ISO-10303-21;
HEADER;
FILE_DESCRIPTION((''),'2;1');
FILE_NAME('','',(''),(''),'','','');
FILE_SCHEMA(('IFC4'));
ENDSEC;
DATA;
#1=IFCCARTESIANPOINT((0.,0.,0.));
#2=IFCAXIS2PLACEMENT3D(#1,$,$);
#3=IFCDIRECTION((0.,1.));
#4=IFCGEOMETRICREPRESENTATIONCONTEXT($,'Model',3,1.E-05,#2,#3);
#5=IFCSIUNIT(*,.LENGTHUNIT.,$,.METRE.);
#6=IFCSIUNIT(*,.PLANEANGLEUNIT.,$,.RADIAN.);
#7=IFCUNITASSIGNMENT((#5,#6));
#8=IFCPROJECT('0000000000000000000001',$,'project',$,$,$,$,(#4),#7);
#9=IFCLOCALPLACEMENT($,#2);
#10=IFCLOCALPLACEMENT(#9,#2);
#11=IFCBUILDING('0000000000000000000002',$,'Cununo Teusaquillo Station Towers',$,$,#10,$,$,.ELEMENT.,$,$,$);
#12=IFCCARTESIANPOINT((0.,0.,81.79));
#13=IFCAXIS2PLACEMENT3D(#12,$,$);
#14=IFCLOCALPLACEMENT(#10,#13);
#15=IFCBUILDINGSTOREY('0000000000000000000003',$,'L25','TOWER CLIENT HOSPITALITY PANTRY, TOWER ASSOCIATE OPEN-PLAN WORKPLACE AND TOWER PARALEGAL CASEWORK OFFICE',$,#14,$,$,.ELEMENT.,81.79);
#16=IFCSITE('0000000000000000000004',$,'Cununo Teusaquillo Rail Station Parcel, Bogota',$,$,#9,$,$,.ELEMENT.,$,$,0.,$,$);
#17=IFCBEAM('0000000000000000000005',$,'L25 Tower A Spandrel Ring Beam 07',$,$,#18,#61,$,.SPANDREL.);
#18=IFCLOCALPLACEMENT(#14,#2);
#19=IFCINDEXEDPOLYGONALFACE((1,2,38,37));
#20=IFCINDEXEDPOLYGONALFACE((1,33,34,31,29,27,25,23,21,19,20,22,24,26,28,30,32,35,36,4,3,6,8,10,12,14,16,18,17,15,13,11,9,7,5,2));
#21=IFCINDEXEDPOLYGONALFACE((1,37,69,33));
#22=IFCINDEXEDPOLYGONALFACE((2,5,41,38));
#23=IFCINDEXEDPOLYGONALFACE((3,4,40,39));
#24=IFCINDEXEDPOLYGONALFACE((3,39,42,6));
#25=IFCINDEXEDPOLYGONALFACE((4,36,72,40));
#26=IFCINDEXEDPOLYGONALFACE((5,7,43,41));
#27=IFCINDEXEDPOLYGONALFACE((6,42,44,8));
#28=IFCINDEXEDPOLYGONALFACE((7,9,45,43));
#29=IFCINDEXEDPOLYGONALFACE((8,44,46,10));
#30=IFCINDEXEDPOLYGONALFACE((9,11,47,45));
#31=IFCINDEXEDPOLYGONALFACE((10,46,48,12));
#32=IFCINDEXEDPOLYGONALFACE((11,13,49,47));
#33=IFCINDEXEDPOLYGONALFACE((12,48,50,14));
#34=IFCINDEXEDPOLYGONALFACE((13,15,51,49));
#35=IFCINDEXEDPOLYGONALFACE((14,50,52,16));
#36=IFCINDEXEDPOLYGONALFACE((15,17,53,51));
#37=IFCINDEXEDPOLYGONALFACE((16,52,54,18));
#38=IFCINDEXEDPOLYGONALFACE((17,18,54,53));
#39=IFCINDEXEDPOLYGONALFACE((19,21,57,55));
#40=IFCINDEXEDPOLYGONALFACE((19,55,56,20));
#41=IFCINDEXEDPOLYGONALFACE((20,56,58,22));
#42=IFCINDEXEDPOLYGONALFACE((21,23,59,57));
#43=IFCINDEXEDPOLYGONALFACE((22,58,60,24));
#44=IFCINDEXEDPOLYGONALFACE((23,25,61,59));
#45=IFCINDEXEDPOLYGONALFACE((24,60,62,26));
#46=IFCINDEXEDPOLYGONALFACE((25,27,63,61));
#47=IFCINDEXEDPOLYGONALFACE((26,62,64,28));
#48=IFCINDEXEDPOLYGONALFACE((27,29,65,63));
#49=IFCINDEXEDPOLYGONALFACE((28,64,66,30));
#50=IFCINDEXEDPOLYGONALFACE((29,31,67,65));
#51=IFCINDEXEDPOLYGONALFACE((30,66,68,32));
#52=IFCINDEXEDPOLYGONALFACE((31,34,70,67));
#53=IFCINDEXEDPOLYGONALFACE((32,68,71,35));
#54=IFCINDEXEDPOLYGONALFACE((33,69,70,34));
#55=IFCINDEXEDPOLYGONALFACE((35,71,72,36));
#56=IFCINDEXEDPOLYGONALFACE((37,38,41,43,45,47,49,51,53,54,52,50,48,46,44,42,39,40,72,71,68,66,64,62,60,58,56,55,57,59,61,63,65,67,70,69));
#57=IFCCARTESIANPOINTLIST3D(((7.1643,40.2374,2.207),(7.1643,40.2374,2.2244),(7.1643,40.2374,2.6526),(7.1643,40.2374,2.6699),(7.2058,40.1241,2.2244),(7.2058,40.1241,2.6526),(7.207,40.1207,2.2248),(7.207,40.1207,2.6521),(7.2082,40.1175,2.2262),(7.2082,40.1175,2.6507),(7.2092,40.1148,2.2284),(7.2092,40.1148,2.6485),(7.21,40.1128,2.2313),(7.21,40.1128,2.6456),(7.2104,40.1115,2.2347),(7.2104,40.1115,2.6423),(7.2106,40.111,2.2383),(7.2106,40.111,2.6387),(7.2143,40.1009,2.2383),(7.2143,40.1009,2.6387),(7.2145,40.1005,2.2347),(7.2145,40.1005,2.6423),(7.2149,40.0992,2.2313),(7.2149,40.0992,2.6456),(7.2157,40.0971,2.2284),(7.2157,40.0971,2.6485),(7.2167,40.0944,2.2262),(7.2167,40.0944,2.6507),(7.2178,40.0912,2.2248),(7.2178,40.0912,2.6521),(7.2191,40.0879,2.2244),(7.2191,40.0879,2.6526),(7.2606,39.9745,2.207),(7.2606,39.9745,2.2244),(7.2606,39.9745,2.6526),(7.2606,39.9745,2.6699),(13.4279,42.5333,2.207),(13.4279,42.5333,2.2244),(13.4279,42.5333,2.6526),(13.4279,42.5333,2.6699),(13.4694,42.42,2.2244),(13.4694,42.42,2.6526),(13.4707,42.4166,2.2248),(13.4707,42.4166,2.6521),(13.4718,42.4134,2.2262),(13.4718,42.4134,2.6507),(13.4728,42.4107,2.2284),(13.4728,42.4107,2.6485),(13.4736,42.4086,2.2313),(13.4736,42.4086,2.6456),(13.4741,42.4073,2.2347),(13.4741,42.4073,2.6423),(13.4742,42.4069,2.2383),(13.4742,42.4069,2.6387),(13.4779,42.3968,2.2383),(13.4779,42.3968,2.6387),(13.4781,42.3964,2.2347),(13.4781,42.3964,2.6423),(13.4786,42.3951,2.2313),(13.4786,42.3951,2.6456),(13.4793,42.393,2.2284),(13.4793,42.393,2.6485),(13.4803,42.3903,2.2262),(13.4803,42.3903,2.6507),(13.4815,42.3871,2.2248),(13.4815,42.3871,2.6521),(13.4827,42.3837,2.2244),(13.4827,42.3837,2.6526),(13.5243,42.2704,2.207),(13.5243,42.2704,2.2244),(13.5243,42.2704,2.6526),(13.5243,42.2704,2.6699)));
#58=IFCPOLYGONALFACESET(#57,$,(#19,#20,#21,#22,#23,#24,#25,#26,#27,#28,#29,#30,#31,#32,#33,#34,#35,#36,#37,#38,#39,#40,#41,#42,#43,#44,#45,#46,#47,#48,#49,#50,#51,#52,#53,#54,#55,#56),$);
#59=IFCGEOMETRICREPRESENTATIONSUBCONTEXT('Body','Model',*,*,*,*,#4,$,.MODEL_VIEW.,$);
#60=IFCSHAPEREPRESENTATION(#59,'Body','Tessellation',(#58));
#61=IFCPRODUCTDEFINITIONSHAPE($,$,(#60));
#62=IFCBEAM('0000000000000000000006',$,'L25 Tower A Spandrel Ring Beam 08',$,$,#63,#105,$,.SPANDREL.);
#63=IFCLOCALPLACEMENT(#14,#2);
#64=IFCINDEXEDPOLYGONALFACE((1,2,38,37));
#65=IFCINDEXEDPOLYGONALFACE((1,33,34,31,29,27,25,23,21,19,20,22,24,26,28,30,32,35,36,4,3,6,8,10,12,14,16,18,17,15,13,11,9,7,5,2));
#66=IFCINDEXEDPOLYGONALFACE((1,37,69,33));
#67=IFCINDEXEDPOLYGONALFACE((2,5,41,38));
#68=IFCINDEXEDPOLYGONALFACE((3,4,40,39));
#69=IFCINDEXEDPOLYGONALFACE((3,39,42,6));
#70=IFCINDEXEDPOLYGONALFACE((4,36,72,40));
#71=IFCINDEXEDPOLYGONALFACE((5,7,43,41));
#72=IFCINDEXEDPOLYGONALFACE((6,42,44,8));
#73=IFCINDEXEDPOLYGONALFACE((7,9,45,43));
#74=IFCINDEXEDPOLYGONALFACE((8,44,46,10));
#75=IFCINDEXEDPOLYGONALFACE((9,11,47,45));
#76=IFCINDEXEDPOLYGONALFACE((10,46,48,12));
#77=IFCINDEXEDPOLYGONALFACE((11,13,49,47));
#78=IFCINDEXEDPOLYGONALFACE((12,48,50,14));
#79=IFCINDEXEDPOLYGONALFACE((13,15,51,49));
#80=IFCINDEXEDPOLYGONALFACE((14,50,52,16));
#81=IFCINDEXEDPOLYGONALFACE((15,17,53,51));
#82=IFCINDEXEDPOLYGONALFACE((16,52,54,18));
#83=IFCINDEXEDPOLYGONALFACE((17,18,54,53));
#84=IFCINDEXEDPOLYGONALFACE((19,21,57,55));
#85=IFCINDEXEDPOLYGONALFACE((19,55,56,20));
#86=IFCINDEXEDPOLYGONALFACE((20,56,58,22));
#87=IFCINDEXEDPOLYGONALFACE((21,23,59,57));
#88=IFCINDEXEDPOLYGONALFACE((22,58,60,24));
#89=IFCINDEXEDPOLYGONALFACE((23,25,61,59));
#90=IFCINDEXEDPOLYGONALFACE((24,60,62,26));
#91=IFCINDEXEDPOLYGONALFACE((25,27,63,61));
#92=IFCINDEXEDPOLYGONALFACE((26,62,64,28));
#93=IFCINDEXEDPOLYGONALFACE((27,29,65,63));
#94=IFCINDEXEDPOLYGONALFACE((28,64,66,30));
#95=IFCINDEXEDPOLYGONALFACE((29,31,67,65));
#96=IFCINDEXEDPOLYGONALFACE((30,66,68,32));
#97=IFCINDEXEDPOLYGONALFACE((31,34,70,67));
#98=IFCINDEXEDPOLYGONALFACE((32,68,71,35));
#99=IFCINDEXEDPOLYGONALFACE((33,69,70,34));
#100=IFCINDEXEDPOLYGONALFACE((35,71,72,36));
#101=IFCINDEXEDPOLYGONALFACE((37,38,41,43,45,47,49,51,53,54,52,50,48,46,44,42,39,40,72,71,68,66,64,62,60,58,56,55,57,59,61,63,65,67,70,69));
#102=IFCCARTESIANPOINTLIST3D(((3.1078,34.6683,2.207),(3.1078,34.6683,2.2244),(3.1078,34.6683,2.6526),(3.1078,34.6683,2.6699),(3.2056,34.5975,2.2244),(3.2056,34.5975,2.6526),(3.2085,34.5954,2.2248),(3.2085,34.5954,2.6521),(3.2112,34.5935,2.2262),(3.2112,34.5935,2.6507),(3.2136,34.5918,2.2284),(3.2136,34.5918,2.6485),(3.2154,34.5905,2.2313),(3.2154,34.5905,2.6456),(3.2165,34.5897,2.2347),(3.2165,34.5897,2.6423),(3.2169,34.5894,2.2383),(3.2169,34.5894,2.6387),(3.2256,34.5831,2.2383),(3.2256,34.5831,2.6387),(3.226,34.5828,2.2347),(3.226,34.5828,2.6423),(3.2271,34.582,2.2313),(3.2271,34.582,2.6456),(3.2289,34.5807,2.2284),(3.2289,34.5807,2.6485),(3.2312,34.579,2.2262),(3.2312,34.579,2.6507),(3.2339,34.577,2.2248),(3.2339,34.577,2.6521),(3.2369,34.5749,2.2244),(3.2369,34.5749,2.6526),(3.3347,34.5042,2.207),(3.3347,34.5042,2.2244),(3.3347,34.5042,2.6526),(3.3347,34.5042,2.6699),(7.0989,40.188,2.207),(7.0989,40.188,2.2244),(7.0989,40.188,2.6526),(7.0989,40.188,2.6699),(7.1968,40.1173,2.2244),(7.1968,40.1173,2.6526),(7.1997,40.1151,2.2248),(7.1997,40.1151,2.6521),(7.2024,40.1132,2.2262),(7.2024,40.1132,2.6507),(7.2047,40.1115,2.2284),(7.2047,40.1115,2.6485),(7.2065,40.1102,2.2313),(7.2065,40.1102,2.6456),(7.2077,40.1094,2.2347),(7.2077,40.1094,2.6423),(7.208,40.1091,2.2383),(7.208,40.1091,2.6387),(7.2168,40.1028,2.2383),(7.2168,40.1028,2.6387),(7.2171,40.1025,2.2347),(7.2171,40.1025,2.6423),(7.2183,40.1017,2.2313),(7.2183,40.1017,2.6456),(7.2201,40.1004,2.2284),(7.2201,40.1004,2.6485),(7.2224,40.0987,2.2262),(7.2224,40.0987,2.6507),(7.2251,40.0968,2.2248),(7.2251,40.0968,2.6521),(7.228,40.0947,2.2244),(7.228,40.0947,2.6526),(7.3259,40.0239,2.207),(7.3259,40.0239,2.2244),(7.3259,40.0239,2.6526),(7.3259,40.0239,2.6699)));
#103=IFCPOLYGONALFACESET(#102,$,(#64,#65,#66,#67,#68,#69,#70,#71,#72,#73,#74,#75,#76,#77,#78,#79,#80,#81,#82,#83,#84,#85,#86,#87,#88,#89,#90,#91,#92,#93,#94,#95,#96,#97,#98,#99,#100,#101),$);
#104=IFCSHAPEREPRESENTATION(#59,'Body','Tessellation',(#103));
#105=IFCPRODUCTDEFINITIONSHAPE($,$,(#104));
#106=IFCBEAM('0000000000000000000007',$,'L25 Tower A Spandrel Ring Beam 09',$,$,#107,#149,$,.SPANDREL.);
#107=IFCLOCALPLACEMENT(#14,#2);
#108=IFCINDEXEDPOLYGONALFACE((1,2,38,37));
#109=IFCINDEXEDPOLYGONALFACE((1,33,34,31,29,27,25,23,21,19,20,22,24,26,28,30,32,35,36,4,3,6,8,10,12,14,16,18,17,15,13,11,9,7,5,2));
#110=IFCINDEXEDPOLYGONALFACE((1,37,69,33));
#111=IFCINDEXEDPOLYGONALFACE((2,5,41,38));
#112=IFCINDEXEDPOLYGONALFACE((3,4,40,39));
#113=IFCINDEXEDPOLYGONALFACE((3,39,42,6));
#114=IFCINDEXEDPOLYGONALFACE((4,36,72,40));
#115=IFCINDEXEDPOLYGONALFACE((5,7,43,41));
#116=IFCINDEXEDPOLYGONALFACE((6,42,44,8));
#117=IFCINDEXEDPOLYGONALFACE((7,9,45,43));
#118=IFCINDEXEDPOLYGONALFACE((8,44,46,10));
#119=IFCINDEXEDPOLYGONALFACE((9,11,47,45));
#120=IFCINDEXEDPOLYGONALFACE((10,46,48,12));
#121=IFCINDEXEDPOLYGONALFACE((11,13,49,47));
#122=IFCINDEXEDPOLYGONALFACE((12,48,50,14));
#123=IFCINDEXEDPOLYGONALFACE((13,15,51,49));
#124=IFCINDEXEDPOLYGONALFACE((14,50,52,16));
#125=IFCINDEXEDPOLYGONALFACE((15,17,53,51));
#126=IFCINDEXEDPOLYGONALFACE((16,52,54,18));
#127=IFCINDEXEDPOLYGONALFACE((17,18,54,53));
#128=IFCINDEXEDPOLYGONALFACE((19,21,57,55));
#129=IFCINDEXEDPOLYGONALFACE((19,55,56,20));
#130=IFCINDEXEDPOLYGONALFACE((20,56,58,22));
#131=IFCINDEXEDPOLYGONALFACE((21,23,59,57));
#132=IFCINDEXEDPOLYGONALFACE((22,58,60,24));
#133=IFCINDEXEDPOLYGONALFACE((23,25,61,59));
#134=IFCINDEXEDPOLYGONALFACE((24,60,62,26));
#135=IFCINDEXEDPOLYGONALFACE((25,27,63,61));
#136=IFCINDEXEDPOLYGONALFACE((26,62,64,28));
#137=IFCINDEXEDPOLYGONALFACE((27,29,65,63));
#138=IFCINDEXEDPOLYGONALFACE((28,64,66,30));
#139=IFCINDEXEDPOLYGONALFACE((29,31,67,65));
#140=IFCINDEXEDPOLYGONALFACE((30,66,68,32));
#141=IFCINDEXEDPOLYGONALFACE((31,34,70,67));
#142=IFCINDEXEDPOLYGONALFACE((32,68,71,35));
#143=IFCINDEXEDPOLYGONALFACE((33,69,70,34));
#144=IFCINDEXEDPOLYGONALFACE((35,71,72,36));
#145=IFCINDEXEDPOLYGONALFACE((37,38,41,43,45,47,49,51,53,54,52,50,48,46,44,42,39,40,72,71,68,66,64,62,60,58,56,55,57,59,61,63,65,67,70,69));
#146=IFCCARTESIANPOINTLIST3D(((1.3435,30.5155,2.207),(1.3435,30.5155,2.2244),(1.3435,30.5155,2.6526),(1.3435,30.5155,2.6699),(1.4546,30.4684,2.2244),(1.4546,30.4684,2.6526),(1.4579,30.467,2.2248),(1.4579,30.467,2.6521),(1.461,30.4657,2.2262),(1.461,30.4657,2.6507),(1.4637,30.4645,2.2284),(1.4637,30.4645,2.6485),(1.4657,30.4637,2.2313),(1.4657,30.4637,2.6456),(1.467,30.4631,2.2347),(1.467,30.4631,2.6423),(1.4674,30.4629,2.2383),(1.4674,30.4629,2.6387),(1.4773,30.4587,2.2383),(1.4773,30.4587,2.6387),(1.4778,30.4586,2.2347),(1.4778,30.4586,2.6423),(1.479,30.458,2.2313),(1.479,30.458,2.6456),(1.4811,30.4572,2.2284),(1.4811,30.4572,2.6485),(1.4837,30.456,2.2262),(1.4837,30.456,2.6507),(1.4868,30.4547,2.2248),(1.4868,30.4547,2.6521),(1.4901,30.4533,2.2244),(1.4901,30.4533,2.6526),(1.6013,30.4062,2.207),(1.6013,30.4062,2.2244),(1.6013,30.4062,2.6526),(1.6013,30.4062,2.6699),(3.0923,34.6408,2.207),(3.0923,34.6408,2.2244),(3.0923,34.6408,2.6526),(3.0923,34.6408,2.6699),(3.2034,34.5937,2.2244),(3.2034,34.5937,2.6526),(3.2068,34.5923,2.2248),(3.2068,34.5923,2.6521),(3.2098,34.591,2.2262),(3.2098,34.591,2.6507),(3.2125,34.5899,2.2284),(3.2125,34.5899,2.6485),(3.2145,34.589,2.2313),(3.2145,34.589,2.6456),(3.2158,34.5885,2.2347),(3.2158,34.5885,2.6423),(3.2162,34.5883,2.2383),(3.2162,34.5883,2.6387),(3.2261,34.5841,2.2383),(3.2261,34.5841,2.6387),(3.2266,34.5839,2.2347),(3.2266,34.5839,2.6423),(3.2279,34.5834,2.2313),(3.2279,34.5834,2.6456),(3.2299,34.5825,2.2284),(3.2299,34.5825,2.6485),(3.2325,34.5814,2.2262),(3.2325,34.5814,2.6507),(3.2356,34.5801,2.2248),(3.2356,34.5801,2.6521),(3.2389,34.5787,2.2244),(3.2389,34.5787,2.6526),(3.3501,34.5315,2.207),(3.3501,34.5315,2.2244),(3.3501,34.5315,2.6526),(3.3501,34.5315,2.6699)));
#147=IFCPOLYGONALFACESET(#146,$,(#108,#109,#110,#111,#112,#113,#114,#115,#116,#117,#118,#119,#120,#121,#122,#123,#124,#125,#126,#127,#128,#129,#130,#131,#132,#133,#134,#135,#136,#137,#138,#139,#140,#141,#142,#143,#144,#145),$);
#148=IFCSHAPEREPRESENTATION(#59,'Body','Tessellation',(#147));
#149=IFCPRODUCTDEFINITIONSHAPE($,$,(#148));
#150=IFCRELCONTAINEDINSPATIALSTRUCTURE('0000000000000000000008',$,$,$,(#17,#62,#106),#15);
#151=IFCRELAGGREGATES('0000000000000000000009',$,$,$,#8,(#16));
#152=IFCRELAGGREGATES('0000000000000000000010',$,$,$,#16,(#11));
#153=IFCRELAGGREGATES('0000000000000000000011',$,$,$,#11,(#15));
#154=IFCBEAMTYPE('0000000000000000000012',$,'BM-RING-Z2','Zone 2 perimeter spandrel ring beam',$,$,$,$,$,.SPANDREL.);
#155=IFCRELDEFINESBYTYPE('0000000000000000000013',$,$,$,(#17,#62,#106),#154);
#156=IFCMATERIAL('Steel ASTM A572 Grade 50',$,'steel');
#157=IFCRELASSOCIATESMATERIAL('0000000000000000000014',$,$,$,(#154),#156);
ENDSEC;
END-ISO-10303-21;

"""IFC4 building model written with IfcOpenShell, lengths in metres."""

from ifc_helpers import new_model, si_unit, direction, frame, origin, origin_2d, place, context, subcontext, project, spatial, i_section, extrude, material, material_profile, profile_set, type_object, element, save


model = new_model("IFC4")

# Units and contexts
model_context = context("Model", 3, precision=1e-05, world=origin(), true_north=direction((0.0, 1.0)))
body_context = subcontext(model_context, "Body", "Model", "MODEL_VIEW")
ifc_project = project(units=[si_unit("LENGTHUNIT", "METRE"), si_unit("PLANEANGLEUNIT", "RADIAN")], contexts=[model_context])

# Site, building, storey
site_placement = place(None, origin())
site = spatial("IfcSite", under=ifc_project, at=site_placement, Name="Cununo Teusaquillo Rail Station Parcel, Bogota", CompositionType="ELEMENT", RefElevation=0.0)
building_placement = place(site_placement, origin())
building = spatial("IfcBuilding", under=site, at=building_placement, Name="Cununo Teusaquillo Station Towers", CompositionType="ELEMENT")
storey_placement = place(building_placement, frame((0.0, 0.0, 81.79)))
storey = spatial("IfcBuildingStorey", under=building, at=storey_placement, Name="L25", Description="TOWER CLIENT HOSPITALITY PANTRY, TOWER ASSOCIATE OPEN-PLAN WORKPLACE AND TOWER PARALEGAL CASEWORK OFFICE", CompositionType="ELEMENT", Elevation=81.79)

# Beams
ifc_material_1 = material(Name="Steel ASTM A572 Grade 50", Category="steel")
ifc_material_profile_1 = material_profile(ifc_material_1, i_section(OverallWidth=0.28, OverallDepth=0.4629, WebThickness=0.0107, FlangeThickness=0.0173, FilletRadius=0.0139, at=origin_2d()), Name="W18X76")
ifc_profile_set_1 = profile_set([ifc_material_profile_1], Name="Steel ASTM A572 Grade 50")
beam_type_1 = type_object("IfcBeamType", Name="BM-RING-Z2", Description="Zone 2 perimeter spandrel ring beam", PredefinedType="SPANDREL", material=ifc_profile_set_1)
beam_1_placement = place(storey_placement, frame((13.4761, 42.4019, 2.4385), z_axis=(-0.938914, -0.344151, 0.0), x_axis=(0.344151, -0.938914, 0.0)))
element("IfcBeam", 1, at=beam_1_placement, inside=storey, type_object=beam_type_1, Name="L25 Tower A Spandrel Ring Beam 07", PredefinedType="SPANDREL", context=body_context, shape_type="SweptSolid", body=[
    extrude(i_section(OverallWidth=0.28, OverallDepth=0.4629, WebThickness=0.0107, FlangeThickness=0.0173, FilletRadius=0.0139, at=origin_2d()), origin(), (0.0, 0.0, 1.0), 6.6711),
])
beam_2_placement = place(storey_placement, frame((7.2124, 40.106, 2.4385), z_axis=(-0.585945, -0.810351, 0.0), x_axis=(0.810351, -0.585945, 0.0)))
element("IfcBeam", 2, at=beam_2_placement, inside=storey, type_object=beam_type_1, Name="L25 Tower A Spandrel Ring Beam 08", PredefinedType="SPANDREL", context=body_context, shape_type="SweptSolid", body=[
    extrude(i_section(OverallWidth=0.28, OverallDepth=0.4629, WebThickness=0.0107, FlangeThickness=0.0173, FilletRadius=0.0139, at=origin_2d()), origin(), (0.0, 0.0, 1.0), 6.8115),
])
beam_3_placement = place(storey_placement, frame((3.2212, 34.5862, 2.4385), z_axis=(-0.390299, -0.920688, 0.0), x_axis=(0.920688, -0.390299, 0.0)))
element("IfcBeam", 3, at=beam_3_placement, inside=storey, type_object=beam_type_1, Name="L25 Tower A Spandrel Ring Beam 09", PredefinedType="SPANDREL", context=body_context, shape_type="SweptSolid", body=[
    extrude(i_section(OverallWidth=0.28, OverallDepth=0.4629, WebThickness=0.0107, FlangeThickness=0.0173, FilletRadius=0.0139, at=origin_2d()), origin(), (0.0, 0.0, 1.0), 4.4807),
])

save(model, "model.ifc")
